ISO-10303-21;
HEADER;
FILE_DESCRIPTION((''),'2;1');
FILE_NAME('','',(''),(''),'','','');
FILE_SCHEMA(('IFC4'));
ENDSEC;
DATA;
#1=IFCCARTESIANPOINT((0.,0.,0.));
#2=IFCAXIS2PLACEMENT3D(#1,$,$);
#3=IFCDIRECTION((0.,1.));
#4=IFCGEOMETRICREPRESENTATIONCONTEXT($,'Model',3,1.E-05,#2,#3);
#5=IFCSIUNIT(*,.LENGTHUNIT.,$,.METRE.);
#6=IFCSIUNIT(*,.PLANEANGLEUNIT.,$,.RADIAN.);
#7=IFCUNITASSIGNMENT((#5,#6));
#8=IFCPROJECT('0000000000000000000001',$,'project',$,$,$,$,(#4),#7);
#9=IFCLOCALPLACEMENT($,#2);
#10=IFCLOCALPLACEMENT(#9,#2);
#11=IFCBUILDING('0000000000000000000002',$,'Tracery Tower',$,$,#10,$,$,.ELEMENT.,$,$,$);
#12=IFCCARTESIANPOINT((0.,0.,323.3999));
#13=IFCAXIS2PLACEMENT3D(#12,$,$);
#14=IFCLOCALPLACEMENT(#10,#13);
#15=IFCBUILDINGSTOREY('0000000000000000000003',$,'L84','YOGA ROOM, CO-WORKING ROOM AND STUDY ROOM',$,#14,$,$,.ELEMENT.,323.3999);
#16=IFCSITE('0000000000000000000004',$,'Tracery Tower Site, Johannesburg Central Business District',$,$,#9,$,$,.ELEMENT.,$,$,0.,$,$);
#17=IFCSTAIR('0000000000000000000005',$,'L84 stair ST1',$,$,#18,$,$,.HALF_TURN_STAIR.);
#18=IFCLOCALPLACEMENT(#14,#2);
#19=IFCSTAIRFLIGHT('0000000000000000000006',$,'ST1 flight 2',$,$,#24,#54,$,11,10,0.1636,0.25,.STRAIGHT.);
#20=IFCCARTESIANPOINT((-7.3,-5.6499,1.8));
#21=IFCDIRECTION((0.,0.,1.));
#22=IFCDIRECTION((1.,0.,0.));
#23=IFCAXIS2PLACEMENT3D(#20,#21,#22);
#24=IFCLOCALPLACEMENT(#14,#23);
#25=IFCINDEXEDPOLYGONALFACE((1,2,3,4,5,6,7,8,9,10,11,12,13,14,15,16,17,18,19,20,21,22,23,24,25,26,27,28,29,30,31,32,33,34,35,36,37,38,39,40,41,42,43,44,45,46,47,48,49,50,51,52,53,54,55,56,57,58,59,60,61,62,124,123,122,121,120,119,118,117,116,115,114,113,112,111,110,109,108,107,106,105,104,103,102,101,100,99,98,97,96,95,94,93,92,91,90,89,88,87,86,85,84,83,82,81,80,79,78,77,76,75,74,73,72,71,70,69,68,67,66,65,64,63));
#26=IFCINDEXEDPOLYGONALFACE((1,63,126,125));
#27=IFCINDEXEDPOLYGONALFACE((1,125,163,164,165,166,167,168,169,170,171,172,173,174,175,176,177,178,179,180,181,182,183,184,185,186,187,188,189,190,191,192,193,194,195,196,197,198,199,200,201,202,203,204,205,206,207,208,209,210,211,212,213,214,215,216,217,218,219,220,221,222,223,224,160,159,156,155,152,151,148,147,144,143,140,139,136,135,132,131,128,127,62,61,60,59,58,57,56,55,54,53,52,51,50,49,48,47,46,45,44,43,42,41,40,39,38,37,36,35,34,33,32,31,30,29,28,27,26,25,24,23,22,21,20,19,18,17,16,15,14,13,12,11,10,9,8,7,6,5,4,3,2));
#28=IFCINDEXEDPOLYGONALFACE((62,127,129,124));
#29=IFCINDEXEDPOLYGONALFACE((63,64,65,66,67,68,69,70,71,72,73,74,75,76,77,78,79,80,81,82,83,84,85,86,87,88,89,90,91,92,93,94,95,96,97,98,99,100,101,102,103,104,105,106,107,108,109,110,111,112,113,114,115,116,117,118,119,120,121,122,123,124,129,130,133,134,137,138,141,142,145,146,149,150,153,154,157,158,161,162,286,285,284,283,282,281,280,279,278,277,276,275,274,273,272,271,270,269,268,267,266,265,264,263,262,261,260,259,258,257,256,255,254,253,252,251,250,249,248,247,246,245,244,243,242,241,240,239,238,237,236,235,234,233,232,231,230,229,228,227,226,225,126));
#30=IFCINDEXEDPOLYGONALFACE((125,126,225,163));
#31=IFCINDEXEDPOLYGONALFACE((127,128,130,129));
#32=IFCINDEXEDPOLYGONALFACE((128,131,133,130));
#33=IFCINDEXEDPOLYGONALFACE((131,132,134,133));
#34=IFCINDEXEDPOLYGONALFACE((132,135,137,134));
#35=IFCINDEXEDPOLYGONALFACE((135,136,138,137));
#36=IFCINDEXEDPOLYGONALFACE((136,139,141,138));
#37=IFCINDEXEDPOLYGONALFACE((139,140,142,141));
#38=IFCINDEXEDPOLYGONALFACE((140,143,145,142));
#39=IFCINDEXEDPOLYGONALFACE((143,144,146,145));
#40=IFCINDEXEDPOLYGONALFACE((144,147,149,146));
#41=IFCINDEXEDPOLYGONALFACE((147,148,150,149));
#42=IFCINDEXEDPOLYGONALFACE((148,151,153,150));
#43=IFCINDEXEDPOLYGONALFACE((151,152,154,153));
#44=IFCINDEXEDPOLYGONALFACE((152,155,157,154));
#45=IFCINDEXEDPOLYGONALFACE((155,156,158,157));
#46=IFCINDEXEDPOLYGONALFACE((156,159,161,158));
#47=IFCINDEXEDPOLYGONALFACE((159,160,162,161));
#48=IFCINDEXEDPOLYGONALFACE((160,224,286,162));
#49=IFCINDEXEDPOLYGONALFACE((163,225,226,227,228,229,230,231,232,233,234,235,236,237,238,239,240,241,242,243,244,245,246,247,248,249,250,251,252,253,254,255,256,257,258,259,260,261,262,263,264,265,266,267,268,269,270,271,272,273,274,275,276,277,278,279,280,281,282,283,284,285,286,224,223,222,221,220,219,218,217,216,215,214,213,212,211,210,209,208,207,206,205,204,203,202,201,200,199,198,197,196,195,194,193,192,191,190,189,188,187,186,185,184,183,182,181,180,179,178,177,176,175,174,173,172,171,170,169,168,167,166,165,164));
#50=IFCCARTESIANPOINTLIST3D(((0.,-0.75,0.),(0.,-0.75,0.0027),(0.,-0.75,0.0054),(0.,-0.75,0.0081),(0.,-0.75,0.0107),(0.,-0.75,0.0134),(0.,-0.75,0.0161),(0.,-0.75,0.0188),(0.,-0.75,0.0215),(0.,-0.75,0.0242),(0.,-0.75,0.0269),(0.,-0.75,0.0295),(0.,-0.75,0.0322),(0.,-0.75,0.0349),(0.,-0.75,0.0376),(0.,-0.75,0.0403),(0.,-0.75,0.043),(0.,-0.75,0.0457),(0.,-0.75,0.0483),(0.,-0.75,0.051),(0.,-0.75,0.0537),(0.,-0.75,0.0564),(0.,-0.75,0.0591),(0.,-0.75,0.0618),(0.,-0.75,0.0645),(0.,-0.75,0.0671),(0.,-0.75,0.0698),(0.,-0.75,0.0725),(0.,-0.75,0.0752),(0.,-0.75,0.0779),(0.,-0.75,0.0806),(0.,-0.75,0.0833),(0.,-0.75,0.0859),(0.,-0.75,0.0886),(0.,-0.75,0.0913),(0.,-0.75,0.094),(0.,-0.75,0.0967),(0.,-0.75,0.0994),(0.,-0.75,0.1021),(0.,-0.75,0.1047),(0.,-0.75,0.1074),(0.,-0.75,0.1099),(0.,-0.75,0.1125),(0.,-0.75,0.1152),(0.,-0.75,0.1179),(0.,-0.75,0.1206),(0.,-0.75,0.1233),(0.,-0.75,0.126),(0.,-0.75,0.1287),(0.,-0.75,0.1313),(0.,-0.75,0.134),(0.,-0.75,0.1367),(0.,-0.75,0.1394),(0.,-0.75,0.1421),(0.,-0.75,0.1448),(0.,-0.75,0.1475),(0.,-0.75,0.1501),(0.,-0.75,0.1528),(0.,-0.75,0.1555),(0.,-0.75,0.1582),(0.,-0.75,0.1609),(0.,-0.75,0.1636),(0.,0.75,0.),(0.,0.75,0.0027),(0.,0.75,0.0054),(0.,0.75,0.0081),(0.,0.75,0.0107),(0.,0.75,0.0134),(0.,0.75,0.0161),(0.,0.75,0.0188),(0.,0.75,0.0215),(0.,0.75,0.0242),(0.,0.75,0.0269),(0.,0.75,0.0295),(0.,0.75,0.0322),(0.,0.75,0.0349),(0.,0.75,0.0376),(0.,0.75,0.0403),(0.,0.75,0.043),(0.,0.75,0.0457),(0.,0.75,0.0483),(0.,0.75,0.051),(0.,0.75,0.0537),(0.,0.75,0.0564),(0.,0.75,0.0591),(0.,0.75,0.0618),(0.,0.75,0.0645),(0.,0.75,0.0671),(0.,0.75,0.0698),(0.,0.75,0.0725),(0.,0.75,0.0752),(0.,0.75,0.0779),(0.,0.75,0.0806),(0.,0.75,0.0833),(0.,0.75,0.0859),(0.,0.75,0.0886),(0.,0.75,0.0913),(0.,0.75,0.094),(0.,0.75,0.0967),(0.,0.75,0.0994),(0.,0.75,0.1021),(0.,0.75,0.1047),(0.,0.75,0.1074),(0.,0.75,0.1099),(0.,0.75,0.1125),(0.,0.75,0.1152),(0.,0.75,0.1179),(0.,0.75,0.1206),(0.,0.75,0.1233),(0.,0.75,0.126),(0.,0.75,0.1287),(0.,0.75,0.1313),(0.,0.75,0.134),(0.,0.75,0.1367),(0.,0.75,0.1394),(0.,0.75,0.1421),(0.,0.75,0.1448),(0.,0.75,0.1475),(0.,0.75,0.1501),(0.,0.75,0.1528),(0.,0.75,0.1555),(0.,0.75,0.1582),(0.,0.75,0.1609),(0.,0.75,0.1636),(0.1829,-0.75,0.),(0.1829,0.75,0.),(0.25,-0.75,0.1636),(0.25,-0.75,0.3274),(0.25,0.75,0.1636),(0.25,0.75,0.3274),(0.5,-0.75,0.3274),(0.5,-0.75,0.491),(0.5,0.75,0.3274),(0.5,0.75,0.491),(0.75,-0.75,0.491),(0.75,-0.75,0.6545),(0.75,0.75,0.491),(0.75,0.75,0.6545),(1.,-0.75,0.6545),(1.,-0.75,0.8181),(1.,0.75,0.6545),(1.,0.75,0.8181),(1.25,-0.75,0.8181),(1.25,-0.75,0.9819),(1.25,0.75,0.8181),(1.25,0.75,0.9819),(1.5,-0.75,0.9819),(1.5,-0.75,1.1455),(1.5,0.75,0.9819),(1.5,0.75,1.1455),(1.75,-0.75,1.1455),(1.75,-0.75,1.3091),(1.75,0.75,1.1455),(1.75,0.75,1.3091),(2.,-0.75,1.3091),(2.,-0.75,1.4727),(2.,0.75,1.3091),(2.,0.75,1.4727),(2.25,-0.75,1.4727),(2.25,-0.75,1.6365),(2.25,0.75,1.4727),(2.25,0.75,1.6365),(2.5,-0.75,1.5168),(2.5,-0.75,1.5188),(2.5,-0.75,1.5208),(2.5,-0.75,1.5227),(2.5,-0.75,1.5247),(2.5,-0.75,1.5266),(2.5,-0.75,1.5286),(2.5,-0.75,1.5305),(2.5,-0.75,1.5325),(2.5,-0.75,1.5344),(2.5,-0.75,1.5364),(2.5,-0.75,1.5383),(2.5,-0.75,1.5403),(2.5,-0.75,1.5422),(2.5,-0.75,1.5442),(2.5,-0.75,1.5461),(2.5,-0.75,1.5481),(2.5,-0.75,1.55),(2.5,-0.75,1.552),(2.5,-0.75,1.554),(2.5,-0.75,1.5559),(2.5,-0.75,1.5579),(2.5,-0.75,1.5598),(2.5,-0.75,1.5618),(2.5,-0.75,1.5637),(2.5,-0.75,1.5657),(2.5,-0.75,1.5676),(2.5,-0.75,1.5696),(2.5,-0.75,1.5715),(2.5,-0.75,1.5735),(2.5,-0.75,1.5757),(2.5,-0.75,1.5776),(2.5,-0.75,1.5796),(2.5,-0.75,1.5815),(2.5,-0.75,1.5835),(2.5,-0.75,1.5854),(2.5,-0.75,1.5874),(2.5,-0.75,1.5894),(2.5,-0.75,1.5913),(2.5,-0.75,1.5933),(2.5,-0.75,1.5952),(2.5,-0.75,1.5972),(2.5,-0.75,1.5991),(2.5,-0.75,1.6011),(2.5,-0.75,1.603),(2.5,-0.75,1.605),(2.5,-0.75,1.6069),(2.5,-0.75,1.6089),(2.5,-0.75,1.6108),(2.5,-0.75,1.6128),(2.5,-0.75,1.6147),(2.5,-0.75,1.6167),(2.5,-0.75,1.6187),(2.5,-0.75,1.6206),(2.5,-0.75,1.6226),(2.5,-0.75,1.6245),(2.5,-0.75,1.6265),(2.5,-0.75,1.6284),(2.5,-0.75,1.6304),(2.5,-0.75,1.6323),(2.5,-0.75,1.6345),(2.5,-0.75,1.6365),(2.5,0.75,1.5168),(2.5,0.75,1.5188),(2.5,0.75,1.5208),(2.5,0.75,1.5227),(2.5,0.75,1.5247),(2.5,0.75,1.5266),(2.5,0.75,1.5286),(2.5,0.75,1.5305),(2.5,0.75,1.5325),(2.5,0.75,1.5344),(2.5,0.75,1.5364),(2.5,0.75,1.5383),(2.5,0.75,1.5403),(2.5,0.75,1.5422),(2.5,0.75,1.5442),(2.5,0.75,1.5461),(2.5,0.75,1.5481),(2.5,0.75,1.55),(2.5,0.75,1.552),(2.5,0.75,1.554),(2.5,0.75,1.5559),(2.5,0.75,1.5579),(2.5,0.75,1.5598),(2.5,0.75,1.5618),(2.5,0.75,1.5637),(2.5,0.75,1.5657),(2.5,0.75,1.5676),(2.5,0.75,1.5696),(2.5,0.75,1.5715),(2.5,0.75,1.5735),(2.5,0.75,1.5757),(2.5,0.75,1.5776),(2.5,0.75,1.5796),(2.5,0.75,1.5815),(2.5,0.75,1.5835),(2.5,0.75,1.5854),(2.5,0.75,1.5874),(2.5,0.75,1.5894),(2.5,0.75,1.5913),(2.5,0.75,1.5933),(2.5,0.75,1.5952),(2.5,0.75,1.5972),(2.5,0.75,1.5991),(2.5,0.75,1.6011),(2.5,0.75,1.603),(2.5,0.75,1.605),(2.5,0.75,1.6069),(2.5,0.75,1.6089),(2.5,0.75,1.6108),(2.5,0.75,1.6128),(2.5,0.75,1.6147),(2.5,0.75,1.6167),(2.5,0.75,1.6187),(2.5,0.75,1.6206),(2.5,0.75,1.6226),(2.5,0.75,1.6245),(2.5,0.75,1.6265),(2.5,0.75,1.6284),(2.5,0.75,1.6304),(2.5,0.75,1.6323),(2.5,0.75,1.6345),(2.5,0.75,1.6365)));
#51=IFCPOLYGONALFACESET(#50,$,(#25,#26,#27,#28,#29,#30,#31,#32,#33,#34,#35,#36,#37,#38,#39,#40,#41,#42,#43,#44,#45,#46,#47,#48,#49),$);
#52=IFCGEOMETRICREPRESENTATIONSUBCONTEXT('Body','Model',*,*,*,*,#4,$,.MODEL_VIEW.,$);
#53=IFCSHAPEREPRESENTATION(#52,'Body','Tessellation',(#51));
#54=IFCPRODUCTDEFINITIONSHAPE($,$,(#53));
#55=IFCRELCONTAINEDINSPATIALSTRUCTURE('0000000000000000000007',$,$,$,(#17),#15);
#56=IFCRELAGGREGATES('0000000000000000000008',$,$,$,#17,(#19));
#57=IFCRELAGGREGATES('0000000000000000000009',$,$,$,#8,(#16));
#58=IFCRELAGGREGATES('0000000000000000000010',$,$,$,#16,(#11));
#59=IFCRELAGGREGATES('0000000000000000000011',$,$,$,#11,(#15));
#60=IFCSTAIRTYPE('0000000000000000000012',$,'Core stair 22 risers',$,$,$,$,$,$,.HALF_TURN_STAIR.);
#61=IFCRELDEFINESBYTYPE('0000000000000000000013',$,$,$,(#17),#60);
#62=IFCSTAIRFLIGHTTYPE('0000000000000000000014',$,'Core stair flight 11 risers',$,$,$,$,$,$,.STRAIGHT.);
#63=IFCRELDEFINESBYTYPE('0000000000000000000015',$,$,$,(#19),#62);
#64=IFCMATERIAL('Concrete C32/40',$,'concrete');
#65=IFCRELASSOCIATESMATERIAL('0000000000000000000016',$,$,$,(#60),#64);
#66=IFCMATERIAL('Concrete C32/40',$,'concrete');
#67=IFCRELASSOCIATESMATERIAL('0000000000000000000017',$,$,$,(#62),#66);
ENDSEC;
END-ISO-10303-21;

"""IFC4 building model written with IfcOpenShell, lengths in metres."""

from ifc_helpers import new_model, si_unit, direction, frame, origin, place, context, subcontext, project, spatial, polyline, outline, extrude, material, type_object, element, aggregate, save


model = new_model("IFC4")

# Units and contexts
model_context = context("Model", 3, precision=1e-05, world=origin(), true_north=direction((0.0, 1.0)))
body_context = subcontext(model_context, "Body", "Model", "MODEL_VIEW")
ifc_project = project(units=[si_unit("LENGTHUNIT", "METRE"), si_unit("PLANEANGLEUNIT", "RADIAN")], contexts=[model_context])

# Site, building, storey
site_placement = place(None, origin())
site = spatial("IfcSite", under=ifc_project, at=site_placement, Name="Tracery Tower Site, Johannesburg Central Business District", CompositionType="ELEMENT", RefElevation=0.0)
building_placement = place(site_placement, origin())
building = spatial("IfcBuilding", under=site, at=building_placement, Name="Tracery Tower", CompositionType="ELEMENT")
storey_placement = place(building_placement, frame((0.0, 0.0, 323.3999)))
storey = spatial("IfcBuildingStorey", under=building, at=storey_placement, Name="L84", Description="YOGA ROOM, CO-WORKING ROOM AND STUDY ROOM", CompositionType="ELEMENT", Elevation=323.3999)

# Stair, stair flight
ifc_material_1 = material(Name="Concrete C32/40", Category="concrete")
stair_type = type_object("IfcStairType", Name="Core stair 22 risers", PredefinedType="HALF_TURN_STAIR", material=ifc_material_1)
stair_placement = place(storey_placement, origin())
stair = element("IfcStair", 1, at=stair_placement, inside=storey, type_object=stair_type, Name="L84 stair ST1", PredefinedType="HALF_TURN_STAIR")
ifc_material_2 = material(Name="Concrete C32/40", Category="concrete")
stair_flight_type = type_object("IfcStairFlightType", Name="Core stair flight 11 risers", PredefinedType="STRAIGHT", material=ifc_material_2)
stair_flight_1_placement = place(storey_placement, frame((-7.3, -5.6499, 1.8), z_axis=(0.0, 0.0, 1.0), x_axis=(1.0, 0.0, 0.0)))
stair_flight_1 = element("IfcStairFlight", 2, at=stair_flight_1_placement, type_object=stair_flight_type, Name="ST1 flight 2", NumberOfRisers=11, NumberOfTreads=10, PredefinedType="STRAIGHT", RiserHeight=0.1636, TreadLength=0.25, context=body_context, shape_type="SweptSolid", body=[
    extrude(outline(polyline([(0.0, 0.0), (0.0, 0.0027), (0.0, 0.0054), (0.0, 0.0081), (0.0, 0.0107), (0.0, 0.0134), (0.0, 0.0161), (0.0, 0.0188), (0.0, 0.0215), (0.0, 0.0242), (0.0, 0.0269), (0.0, 0.0295), (0.0, 0.0322), (0.0, 0.0349), (0.0, 0.0376), (0.0, 0.0403), (0.0, 0.043), (0.0, 0.0457), (0.0, 0.0483), (0.0, 0.051), (0.0, 0.0537), (0.0, 0.0564), (0.0, 0.0591), (0.0, 0.0618), (0.0, 0.0645), (0.0, 0.0671), (0.0, 0.0698), (0.0, 0.0725), (0.0, 0.0752), (0.0, 0.0779), (0.0, 0.0806), (0.0, 0.0833), (0.0, 0.0859), (0.0, 0.0886), (0.0, 0.0913), (0.0, 0.094), (0.0, 0.0967), (0.0, 0.0994), (0.0, 0.1021), (0.0, 0.1047), (0.0, 0.1074), (0.0, 0.1099), (0.0, 0.1125), (0.0, 0.1152), (0.0, 0.1179), (0.0, 0.1206), (0.0, 0.1233), (0.0, 0.126), (0.0, 0.1287), (0.0, 0.1313), (0.0, 0.134), (0.0, 0.1367), (0.0, 0.1394), (0.0, 0.1421), (0.0, 0.1448), (0.0, 0.1475), (0.0, 0.1501), (0.0, 0.1528), (0.0, 0.1555), (0.0, 0.1582), (0.0, 0.1609), (0.0, 0.1636), (0.25, 0.1636), (0.25, 0.3274), (0.5, 0.3274), (0.5, 0.491), (0.75, 0.491), (0.75, 0.6545), (1.0, 0.6545), (1.0, 0.8181), (1.25, 0.8181), (1.25, 0.9819), (1.5, 0.9819), (1.5, 1.1455), (1.75, 1.1455), (1.75, 1.3091), (2.0, 1.3091), (2.0, 1.4727), (2.25, 1.4727), (2.25, 1.6365), (2.5, 1.6365), (2.5, 1.6345), (2.5, 1.6323), (2.5, 1.6304), (2.5, 1.6284), (2.5, 1.6265), (2.5, 1.6245), (2.5, 1.6226), (2.5, 1.6206), (2.5, 1.6187), (2.5, 1.6167), (2.5, 1.6147), (2.5, 1.6128), (2.5, 1.6108), (2.5, 1.6089), (2.5, 1.6069), (2.5, 1.605), (2.5, 1.603), (2.5, 1.6011), (2.5, 1.5991), (2.5, 1.5972), (2.5, 1.5952), (2.5, 1.5933), (2.5, 1.5913), (2.5, 1.5894), (2.5, 1.5874), (2.5, 1.5854), (2.5, 1.5835), (2.5, 1.5815), (2.5, 1.5796), (2.5, 1.5776), (2.5, 1.5757), (2.5, 1.5735), (2.5, 1.5715), (2.5, 1.5696), (2.5, 1.5676), (2.5, 1.5657), (2.5, 1.5637), (2.5, 1.5618), (2.5, 1.5598), (2.5, 1.5579), (2.5, 1.5559), (2.5, 1.554), (2.5, 1.552), (2.5, 1.55), (2.5, 1.5481), (2.5, 1.5461), (2.5, 1.5442), (2.5, 1.5422), (2.5, 1.5403), (2.5, 1.5383), (2.5, 1.5364), (2.5, 1.5344), (2.5, 1.5325), (2.5, 1.5305), (2.5, 1.5286), (2.5, 1.5266), (2.5, 1.5247), (2.5, 1.5227), (2.5, 1.5208), (2.5, 1.5188), (2.5, 1.5168), (0.1829, 0.0), (0.0, 0.0)])), frame((0.0, 0.75, 0.0), z_axis=(0.0, -1.0, 0.0), x_axis=(1.0, 0.0, 0.0)), (0.0, 0.0, 1.0), 1.5),
])
aggregate(stair, [stair_flight_1])

save(model, "model.ifc")
